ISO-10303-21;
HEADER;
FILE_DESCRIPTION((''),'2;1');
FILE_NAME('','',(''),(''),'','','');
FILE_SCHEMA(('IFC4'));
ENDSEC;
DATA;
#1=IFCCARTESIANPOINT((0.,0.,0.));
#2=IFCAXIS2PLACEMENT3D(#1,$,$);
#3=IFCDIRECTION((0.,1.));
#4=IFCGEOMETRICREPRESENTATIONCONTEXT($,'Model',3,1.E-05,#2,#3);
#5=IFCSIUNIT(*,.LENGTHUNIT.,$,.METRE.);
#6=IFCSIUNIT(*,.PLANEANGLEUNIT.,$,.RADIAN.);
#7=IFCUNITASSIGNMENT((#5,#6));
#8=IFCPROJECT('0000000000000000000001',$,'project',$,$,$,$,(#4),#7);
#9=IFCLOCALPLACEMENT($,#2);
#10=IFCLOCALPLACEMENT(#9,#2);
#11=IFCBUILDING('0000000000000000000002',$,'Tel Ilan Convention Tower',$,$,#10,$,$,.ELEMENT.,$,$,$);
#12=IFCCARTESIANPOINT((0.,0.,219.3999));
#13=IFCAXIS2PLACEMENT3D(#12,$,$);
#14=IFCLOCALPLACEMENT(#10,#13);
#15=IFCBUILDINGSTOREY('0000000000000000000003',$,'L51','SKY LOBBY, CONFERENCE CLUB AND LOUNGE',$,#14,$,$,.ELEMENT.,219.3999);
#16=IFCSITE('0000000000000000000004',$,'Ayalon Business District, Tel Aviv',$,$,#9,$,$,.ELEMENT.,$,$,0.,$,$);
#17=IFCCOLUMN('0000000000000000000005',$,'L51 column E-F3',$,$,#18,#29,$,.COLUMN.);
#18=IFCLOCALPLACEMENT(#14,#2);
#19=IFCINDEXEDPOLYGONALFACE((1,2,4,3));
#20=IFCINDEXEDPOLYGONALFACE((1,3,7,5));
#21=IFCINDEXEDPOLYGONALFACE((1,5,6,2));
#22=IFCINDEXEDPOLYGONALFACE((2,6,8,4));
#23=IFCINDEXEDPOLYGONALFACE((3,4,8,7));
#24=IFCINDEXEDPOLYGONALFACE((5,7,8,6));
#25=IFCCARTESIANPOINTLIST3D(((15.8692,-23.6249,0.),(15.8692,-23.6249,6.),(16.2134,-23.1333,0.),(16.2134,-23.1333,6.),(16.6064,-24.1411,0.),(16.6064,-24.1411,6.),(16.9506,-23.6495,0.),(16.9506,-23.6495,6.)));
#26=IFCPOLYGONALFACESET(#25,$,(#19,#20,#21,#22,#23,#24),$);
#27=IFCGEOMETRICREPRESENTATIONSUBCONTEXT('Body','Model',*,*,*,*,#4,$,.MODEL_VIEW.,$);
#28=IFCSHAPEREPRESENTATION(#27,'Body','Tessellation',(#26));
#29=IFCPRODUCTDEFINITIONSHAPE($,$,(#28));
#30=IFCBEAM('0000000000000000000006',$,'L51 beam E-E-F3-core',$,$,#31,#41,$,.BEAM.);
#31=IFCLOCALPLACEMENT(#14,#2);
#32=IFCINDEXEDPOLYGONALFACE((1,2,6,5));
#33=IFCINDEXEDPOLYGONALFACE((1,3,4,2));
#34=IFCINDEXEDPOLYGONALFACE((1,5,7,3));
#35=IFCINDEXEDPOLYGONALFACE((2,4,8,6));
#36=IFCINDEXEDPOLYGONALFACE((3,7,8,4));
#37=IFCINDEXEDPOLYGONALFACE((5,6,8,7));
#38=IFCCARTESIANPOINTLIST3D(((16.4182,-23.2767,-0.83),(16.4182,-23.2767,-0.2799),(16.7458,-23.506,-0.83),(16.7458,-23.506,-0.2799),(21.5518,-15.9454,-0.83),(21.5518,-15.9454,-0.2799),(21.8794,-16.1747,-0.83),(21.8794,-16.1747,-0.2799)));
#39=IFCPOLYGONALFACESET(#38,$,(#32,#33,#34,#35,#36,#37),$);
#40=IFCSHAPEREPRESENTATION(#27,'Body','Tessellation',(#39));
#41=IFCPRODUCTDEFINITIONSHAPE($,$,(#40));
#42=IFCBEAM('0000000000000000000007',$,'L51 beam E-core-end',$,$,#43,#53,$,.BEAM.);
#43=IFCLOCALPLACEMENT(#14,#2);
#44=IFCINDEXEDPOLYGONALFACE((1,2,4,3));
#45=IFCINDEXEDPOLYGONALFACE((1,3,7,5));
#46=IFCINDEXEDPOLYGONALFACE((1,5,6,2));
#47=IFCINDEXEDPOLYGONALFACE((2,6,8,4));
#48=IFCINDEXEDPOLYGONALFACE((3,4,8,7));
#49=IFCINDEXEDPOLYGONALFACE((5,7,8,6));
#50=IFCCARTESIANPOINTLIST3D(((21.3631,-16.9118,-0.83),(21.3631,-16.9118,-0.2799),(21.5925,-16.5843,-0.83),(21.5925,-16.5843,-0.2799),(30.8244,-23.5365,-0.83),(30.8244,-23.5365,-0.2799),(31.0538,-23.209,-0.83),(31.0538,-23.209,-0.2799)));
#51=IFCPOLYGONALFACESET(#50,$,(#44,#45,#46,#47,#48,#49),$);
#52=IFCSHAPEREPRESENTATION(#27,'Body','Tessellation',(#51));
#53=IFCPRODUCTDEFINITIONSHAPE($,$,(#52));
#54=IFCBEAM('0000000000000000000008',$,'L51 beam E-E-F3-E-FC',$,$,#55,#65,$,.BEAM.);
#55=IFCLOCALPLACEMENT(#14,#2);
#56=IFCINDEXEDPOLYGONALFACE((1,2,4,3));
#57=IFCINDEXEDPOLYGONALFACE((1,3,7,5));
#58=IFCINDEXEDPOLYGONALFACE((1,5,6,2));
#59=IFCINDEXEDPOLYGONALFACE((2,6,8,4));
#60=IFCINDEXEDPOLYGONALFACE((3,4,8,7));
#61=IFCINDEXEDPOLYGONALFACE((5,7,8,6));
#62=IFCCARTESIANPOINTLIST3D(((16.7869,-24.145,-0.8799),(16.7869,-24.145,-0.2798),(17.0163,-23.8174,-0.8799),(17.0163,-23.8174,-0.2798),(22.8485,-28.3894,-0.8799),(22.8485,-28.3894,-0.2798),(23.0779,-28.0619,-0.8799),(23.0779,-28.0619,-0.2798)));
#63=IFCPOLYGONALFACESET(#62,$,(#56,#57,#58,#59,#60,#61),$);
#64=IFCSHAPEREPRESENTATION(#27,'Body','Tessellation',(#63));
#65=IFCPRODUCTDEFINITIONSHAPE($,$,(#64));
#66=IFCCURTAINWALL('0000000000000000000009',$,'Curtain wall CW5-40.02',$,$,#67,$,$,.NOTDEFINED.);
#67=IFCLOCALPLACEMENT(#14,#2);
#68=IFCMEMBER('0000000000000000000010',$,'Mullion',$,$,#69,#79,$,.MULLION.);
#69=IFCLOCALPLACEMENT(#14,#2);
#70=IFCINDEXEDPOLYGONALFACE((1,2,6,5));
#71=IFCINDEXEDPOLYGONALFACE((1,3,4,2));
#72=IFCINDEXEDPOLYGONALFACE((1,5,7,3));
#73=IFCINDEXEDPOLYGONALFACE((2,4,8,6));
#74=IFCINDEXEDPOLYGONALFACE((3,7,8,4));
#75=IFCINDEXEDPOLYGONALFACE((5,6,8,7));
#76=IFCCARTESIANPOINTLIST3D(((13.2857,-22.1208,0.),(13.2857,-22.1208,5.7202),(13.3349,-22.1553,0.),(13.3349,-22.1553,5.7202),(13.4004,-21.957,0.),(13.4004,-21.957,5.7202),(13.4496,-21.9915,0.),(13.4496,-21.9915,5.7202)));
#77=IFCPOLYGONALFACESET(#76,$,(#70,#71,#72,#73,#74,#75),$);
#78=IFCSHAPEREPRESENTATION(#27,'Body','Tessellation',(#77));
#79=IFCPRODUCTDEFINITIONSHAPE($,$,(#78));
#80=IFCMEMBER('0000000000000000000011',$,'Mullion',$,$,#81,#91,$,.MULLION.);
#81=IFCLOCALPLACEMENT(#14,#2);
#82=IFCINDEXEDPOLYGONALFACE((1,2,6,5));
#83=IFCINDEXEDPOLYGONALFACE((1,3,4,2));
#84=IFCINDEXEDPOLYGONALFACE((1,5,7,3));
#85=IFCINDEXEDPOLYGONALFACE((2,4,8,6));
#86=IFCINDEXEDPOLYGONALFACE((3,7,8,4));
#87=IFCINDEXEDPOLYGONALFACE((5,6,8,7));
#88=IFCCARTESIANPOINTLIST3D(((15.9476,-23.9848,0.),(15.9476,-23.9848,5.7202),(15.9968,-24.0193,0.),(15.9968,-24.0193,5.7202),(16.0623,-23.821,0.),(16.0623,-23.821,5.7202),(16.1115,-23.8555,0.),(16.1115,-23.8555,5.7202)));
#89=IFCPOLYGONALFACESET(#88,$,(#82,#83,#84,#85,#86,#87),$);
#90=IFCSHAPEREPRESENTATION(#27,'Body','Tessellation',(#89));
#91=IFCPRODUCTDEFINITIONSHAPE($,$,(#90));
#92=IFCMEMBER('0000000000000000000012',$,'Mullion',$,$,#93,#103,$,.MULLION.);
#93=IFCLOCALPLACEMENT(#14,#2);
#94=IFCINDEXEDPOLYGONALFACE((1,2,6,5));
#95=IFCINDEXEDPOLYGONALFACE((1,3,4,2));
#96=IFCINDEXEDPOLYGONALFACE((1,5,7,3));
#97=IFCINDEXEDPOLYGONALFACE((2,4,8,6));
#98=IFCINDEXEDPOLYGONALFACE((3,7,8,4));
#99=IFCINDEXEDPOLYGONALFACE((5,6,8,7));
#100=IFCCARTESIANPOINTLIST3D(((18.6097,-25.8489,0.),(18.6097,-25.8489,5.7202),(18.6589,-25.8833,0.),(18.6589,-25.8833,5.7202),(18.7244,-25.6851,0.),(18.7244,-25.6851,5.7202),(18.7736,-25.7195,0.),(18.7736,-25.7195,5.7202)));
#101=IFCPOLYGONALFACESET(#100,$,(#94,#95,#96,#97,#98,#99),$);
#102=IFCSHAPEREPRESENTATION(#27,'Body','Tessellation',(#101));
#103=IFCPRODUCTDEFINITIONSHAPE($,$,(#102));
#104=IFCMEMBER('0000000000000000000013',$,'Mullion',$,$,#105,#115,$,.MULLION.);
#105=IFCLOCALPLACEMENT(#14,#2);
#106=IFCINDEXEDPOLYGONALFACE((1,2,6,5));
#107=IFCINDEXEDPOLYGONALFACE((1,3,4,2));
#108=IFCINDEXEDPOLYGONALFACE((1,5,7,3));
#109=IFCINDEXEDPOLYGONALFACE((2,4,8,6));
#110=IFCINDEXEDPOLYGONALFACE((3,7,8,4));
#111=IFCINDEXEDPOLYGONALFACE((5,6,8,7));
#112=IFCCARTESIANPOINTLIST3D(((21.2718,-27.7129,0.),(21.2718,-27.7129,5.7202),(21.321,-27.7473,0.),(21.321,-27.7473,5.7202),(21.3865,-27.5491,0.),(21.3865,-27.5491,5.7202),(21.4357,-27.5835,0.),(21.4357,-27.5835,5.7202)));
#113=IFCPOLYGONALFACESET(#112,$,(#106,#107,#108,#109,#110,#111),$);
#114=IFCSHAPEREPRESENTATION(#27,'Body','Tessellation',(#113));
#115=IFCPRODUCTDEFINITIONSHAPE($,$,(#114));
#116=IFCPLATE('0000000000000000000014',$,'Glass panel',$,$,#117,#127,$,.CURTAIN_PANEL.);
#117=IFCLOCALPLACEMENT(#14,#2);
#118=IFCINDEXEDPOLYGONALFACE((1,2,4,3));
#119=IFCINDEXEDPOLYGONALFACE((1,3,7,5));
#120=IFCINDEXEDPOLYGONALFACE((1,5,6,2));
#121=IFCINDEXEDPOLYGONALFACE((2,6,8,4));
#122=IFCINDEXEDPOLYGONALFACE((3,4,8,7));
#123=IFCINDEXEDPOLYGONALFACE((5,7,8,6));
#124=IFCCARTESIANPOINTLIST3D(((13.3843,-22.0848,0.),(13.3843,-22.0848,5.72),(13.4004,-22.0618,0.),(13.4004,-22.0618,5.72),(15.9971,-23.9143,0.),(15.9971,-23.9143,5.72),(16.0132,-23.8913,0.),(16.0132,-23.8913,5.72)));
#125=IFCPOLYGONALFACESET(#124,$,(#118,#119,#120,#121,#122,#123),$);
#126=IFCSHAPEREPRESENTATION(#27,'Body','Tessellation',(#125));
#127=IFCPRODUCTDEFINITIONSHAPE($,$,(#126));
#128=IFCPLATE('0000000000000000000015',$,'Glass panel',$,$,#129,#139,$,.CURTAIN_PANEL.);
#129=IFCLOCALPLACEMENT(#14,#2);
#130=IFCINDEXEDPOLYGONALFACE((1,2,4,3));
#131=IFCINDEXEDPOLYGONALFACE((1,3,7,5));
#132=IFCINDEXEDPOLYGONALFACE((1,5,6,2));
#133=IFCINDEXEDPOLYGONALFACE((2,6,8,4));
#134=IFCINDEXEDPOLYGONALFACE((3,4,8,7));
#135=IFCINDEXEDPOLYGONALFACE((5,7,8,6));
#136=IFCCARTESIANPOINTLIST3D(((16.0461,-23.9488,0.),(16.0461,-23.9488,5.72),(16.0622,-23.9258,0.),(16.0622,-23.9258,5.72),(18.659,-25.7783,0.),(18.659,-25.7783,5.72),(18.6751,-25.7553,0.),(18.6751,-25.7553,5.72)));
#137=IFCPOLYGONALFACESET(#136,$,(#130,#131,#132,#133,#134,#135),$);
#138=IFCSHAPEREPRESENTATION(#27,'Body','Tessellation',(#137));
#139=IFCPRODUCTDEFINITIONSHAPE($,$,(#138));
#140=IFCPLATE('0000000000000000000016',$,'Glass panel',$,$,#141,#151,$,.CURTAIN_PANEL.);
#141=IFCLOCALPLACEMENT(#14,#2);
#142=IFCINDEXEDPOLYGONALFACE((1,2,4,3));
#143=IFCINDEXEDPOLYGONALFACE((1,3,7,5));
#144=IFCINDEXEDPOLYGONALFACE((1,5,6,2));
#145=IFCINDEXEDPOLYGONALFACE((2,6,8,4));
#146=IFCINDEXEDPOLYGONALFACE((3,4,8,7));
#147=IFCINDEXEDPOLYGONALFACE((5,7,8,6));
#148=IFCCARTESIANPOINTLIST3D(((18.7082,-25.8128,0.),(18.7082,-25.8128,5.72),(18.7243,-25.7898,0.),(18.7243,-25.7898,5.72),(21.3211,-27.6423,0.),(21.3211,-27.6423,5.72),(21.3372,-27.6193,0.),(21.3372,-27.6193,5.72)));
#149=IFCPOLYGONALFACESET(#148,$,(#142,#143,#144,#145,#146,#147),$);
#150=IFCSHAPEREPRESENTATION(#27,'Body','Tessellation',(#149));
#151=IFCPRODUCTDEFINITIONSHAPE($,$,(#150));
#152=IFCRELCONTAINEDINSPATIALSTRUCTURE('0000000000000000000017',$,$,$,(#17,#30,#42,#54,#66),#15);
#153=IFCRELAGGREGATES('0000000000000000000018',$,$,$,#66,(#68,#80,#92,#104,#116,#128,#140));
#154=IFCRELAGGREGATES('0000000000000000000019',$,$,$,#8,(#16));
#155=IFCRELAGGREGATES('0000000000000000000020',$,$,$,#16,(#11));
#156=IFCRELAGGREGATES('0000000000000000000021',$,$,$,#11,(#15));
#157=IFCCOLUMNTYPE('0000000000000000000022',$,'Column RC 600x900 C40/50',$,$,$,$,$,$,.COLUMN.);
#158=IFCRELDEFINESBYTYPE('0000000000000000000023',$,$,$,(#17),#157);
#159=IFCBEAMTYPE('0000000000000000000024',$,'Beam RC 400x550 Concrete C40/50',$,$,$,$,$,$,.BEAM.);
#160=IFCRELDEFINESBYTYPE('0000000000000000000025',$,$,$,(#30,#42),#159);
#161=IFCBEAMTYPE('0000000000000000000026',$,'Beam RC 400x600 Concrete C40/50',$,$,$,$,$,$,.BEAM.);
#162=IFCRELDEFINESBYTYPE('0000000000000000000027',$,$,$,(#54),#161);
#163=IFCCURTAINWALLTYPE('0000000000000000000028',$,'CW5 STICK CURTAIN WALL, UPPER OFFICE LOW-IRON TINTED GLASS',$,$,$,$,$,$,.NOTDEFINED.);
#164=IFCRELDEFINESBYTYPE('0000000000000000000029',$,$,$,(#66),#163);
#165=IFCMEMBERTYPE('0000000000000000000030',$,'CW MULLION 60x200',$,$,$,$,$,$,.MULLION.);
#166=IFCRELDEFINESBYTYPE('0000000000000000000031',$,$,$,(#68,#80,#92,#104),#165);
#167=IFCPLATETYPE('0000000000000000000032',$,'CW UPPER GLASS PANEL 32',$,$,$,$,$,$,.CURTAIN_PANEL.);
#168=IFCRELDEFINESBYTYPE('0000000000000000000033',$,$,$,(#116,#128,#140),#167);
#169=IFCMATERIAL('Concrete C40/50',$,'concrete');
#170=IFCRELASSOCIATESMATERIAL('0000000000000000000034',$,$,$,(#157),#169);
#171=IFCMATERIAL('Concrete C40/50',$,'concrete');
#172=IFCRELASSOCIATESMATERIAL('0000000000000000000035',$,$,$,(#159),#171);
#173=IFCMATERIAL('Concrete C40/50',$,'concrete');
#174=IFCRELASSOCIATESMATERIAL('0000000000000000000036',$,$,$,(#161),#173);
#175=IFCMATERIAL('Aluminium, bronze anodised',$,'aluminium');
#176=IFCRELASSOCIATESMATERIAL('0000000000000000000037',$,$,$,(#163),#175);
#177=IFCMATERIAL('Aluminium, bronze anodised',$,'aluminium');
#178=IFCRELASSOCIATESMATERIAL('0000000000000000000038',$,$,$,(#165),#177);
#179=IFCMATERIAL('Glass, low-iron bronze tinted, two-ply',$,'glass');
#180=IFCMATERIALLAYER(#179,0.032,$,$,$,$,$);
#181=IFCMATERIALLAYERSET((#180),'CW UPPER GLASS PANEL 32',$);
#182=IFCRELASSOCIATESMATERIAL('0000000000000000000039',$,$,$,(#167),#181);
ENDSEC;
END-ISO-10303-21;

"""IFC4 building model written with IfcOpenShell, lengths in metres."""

from ifc_helpers import new_model, si_unit, direction, frame, origin, origin_2d, place, context, subcontext, project, spatial, rectangle, extrude, material, layer, layer_set, material_profile, profile_set, type_object, element, aggregate, save


model = new_model("IFC4")

# Units and contexts
model_context = context("Model", 3, precision=1e-05, world=origin(), true_north=direction((0.0, 1.0)))
body_context = subcontext(model_context, "Body", "Model", "MODEL_VIEW")
ifc_project = project(units=[si_unit("LENGTHUNIT", "METRE"), si_unit("PLANEANGLEUNIT", "RADIAN")], contexts=[model_context])

# Site, building, storey
site_placement = place(None, origin())
site = spatial("IfcSite", under=ifc_project, at=site_placement, Name="Ayalon Business District, Tel Aviv", CompositionType="ELEMENT", RefElevation=0.0)
building_placement = place(site_placement, origin())
building = spatial("IfcBuilding", under=site, at=building_placement, Name="Tel Ilan Convention Tower", CompositionType="ELEMENT")
storey_placement = place(building_placement, frame((0.0, 0.0, 219.3999)))
storey = spatial("IfcBuildingStorey", under=building, at=storey_placement, Name="L51", Description="SKY LOBBY, CONFERENCE CLUB AND LOUNGE", CompositionType="ELEMENT", Elevation=219.3999)

# Column
ifc_material_1 = material(Name="Concrete C40/50", Category="concrete")
ifc_material_profile_1 = material_profile(ifc_material_1, rectangle(XDim=0.8999, YDim=0.6001, at=origin_2d()), Name="RC 600x900")
ifc_profile_set_1 = profile_set([ifc_material_profile_1], Name="Concrete C40/50")
column_type = type_object("IfcColumnType", Name="Column RC 600x900 C40/50", PredefinedType="COLUMN", material=ifc_profile_set_1)
column_placement = place(storey_placement, frame((16.4099, -23.6372, 0.0), z_axis=(0.0, 0.0, 1.0), x_axis=(0.819152, -0.573576, 0.0)))
element("IfcColumn", 1, at=column_placement, inside=storey, type_object=column_type, Name="L51 column E-F3", PredefinedType="COLUMN", context=body_context, shape_type="SweptSolid", body=[
    extrude(rectangle(XDim=0.8999, YDim=0.6001, at=origin_2d()), origin(), (0.0, 0.0, 1.0), 6.0),
])

# Beams
ifc_material_2 = material(Name="Concrete C40/50", Category="concrete")
ifc_material_profile_2 = material_profile(ifc_material_2, rectangle(XDim=0.3999, YDim=0.55, at=origin_2d()), Name="RC 400x550")
ifc_profile_set_2 = profile_set([ifc_material_profile_2], Name="Concrete C40/50")
beam_type_1 = type_object("IfcBeamType", Name="Beam RC 400x550 Concrete C40/50", PredefinedType="BEAM", material=ifc_profile_set_2)
beam_1_placement = place(storey_placement, frame((16.582, -23.3914, -0.5549), z_axis=(0.573585, 0.819146, 0.0), x_axis=(-0.819146, 0.573585, 0.0)))
element("IfcBeam", 2, at=beam_1_placement, inside=storey, type_object=beam_type_1, Name="L51 beam E-E-F3-core", PredefinedType="BEAM", context=body_context, shape_type="SweptSolid", body=[
    extrude(rectangle(XDim=0.3999, YDim=0.55, at=origin_2d()), origin(), (0.0, 0.0, 1.0), 8.95),
])
beam_2_placement = place(storey_placement, frame((21.4778, -16.748, -0.5549), z_axis=(0.81916, -0.573564, 0.0), x_axis=(0.573564, 0.81916, 0.0)))
element("IfcBeam", 3, at=beam_2_placement, inside=storey, type_object=beam_type_1, Name="L51 beam E-core-end", PredefinedType="BEAM", context=body_context, shape_type="SweptSolid", body=[
    extrude(rectangle(XDim=0.3999, YDim=0.55, at=origin_2d()), origin(), (0.0, 0.0, 1.0), 11.55),
])
ifc_material_3 = material(Name="Concrete C40/50", Category="concrete")
ifc_material_profile_3 = material_profile(ifc_material_3, rectangle(XDim=0.3999, YDim=0.6001, at=origin_2d()), Name="RC 400x600")
ifc_profile_set_3 = profile_set([ifc_material_profile_3], Name="Concrete C40/50")
beam_type_2 = type_object("IfcBeamType", Name="Beam RC 400x600 Concrete C40/50", PredefinedType="BEAM", material=ifc_profile_set_3)
beam_3_placement = place(storey_placement, frame((16.9016, -23.9812, -0.5798), z_axis=(0.819148, -0.573582, 0.0), x_axis=(0.573582, 0.819148, 0.0)))
element("IfcBeam", 4, at=beam_3_placement, inside=storey, type_object=beam_type_2, Name="L51 beam E-E-F3-E-FC", PredefinedType="BEAM", context=body_context, shape_type="SweptSolid", body=[
    extrude(rectangle(XDim=0.3999, YDim=0.6001, at=origin_2d()), origin(), (0.0, 0.0, 1.0), 7.3999),
])

# Curtain wall, members, plates
ifc_material_4 = material(Name="Aluminium, bronze anodised", Category="aluminium")
curtain_wall_type = type_object("IfcCurtainWallType", Name="CW5 STICK CURTAIN WALL, UPPER OFFICE LOW-IRON TINTED GLASS", PredefinedType="NOTDEFINED", material=ifc_material_4)
curtain_wall_placement = place(storey_placement, origin())
curtain_wall = element("IfcCurtainWall", 5, at=curtain_wall_placement, inside=storey, type_object=curtain_wall_type, Name="Curtain wall CW5-40.02", PredefinedType="NOTDEFINED")
ifc_material_5 = material(Name="Aluminium, bronze anodised", Category="aluminium")
ifc_material_profile_4 = material_profile(ifc_material_5, rectangle(XDim=0.0601, YDim=0.2, at=origin_2d()), Name="CW MULLION 60x200")
ifc_profile_set_4 = profile_set([ifc_material_profile_4], Name="Aluminium, bronze anodised")
member_type = type_object("IfcMemberType", Name="CW MULLION 60x200", PredefinedType="MULLION", material=ifc_profile_set_4)
member_1_placement = place(storey_placement, frame((13.3677, -22.0562, 0.0), z_axis=(0.0, 0.0, 1.0), x_axis=(0.819152, -0.573576, 0.0)))
member_1 = element("IfcMember", 6, at=member_1_placement, type_object=member_type, Name="Mullion", PredefinedType="MULLION", context=body_context, shape_type="SweptSolid", body=[
    extrude(rectangle(XDim=0.0601, YDim=0.2, at=origin_2d()), origin(), (0.0, 0.0, 1.0), 5.7202),
])
member_2_placement = place(storey_placement, frame((16.0295, -23.9202, 0.0), z_axis=(0.0, 0.0, 1.0), x_axis=(0.819152, -0.573576, 0.0)))
member_2 = element("IfcMember", 7, at=member_2_placement, type_object=member_type, Name="Mullion", PredefinedType="MULLION", context=body_context, shape_type="SweptSolid", body=[
    extrude(rectangle(XDim=0.0601, YDim=0.2, at=origin_2d()), origin(), (0.0, 0.0, 1.0), 5.7202),
])
member_3_placement = place(storey_placement, frame((18.6917, -25.7842, 0.0), z_axis=(0.0, 0.0, 1.0), x_axis=(0.819152, -0.573576, 0.0)))
member_3 = element("IfcMember", 8, at=member_3_placement, type_object=member_type, Name="Mullion", PredefinedType="MULLION", context=body_context, shape_type="SweptSolid", body=[
    extrude(rectangle(XDim=0.0601, YDim=0.2, at=origin_2d()), origin(), (0.0, 0.0, 1.0), 5.7202),
])
member_4_placement = place(storey_placement, frame((21.3538, -27.6482, 0.0), z_axis=(0.0, 0.0, 1.0), x_axis=(0.819152, -0.573576, 0.0)))
member_4 = element("IfcMember", 9, at=member_4_placement, type_object=member_type, Name="Mullion", PredefinedType="MULLION", context=body_context, shape_type="SweptSolid", body=[
    extrude(rectangle(XDim=0.0601, YDim=0.2, at=origin_2d()), origin(), (0.0, 0.0, 1.0), 5.7202),
])
ifc_material_6 = material(Name="Glass, low-iron bronze tinted, two-ply", Category="glass")
ifc_layer_1 = layer(ifc_material_6, 0.032)
ifc_layer_set_1 = layer_set([ifc_layer_1], Name="CW UPPER GLASS PANEL 32")
plate_type = type_object("IfcPlateType", Name="CW UPPER GLASS PANEL 32", PredefinedType="CURTAIN_PANEL", material=ifc_layer_set_1)
plate_1_placement = place(storey_placement, frame((14.6987, -22.988, 0.0), z_axis=(0.0, 0.0, 1.0), x_axis=(0.819152, -0.573576, 0.0)))
plate_1 = element("IfcPlate", 10, at=plate_1_placement, type_object=plate_type, Name="Glass panel", PredefinedType="CURTAIN_PANEL", context=body_context, shape_type="SweptSolid", body=[
    extrude(rectangle(XDim=3.1897, YDim=0.0281, at=origin_2d()), origin(), (0.0, 0.0, 1.0), 5.72),
])
plate_2_placement = place(storey_placement, frame((17.3606, -24.8521, 0.0), z_axis=(0.0, 0.0, 1.0), x_axis=(0.819152, -0.573576, 0.0)))
plate_2 = element("IfcPlate", 11, at=plate_2_placement, type_object=plate_type, Name="Glass panel", PredefinedType="CURTAIN_PANEL", context=body_context, shape_type="SweptSolid", body=[
    extrude(rectangle(XDim=3.1897, YDim=0.0281, at=origin_2d()), origin(), (0.0, 0.0, 1.0), 5.72),
])
plate_3_placement = place(storey_placement, frame((20.0227, -26.7161, 0.0), z_axis=(0.0, 0.0, 1.0), x_axis=(0.819152, -0.573576, 0.0)))
plate_3 = element("IfcPlate", 12, at=plate_3_placement, type_object=plate_type, Name="Glass panel", PredefinedType="CURTAIN_PANEL", context=body_context, shape_type="SweptSolid", body=[
    extrude(rectangle(XDim=3.1897, YDim=0.0281, at=origin_2d()), origin(), (0.0, 0.0, 1.0), 5.72),
])
aggregate(curtain_wall, [member_1, member_2, member_3, member_4, plate_1, plate_2, plate_3])

save(model, "model.ifc")
